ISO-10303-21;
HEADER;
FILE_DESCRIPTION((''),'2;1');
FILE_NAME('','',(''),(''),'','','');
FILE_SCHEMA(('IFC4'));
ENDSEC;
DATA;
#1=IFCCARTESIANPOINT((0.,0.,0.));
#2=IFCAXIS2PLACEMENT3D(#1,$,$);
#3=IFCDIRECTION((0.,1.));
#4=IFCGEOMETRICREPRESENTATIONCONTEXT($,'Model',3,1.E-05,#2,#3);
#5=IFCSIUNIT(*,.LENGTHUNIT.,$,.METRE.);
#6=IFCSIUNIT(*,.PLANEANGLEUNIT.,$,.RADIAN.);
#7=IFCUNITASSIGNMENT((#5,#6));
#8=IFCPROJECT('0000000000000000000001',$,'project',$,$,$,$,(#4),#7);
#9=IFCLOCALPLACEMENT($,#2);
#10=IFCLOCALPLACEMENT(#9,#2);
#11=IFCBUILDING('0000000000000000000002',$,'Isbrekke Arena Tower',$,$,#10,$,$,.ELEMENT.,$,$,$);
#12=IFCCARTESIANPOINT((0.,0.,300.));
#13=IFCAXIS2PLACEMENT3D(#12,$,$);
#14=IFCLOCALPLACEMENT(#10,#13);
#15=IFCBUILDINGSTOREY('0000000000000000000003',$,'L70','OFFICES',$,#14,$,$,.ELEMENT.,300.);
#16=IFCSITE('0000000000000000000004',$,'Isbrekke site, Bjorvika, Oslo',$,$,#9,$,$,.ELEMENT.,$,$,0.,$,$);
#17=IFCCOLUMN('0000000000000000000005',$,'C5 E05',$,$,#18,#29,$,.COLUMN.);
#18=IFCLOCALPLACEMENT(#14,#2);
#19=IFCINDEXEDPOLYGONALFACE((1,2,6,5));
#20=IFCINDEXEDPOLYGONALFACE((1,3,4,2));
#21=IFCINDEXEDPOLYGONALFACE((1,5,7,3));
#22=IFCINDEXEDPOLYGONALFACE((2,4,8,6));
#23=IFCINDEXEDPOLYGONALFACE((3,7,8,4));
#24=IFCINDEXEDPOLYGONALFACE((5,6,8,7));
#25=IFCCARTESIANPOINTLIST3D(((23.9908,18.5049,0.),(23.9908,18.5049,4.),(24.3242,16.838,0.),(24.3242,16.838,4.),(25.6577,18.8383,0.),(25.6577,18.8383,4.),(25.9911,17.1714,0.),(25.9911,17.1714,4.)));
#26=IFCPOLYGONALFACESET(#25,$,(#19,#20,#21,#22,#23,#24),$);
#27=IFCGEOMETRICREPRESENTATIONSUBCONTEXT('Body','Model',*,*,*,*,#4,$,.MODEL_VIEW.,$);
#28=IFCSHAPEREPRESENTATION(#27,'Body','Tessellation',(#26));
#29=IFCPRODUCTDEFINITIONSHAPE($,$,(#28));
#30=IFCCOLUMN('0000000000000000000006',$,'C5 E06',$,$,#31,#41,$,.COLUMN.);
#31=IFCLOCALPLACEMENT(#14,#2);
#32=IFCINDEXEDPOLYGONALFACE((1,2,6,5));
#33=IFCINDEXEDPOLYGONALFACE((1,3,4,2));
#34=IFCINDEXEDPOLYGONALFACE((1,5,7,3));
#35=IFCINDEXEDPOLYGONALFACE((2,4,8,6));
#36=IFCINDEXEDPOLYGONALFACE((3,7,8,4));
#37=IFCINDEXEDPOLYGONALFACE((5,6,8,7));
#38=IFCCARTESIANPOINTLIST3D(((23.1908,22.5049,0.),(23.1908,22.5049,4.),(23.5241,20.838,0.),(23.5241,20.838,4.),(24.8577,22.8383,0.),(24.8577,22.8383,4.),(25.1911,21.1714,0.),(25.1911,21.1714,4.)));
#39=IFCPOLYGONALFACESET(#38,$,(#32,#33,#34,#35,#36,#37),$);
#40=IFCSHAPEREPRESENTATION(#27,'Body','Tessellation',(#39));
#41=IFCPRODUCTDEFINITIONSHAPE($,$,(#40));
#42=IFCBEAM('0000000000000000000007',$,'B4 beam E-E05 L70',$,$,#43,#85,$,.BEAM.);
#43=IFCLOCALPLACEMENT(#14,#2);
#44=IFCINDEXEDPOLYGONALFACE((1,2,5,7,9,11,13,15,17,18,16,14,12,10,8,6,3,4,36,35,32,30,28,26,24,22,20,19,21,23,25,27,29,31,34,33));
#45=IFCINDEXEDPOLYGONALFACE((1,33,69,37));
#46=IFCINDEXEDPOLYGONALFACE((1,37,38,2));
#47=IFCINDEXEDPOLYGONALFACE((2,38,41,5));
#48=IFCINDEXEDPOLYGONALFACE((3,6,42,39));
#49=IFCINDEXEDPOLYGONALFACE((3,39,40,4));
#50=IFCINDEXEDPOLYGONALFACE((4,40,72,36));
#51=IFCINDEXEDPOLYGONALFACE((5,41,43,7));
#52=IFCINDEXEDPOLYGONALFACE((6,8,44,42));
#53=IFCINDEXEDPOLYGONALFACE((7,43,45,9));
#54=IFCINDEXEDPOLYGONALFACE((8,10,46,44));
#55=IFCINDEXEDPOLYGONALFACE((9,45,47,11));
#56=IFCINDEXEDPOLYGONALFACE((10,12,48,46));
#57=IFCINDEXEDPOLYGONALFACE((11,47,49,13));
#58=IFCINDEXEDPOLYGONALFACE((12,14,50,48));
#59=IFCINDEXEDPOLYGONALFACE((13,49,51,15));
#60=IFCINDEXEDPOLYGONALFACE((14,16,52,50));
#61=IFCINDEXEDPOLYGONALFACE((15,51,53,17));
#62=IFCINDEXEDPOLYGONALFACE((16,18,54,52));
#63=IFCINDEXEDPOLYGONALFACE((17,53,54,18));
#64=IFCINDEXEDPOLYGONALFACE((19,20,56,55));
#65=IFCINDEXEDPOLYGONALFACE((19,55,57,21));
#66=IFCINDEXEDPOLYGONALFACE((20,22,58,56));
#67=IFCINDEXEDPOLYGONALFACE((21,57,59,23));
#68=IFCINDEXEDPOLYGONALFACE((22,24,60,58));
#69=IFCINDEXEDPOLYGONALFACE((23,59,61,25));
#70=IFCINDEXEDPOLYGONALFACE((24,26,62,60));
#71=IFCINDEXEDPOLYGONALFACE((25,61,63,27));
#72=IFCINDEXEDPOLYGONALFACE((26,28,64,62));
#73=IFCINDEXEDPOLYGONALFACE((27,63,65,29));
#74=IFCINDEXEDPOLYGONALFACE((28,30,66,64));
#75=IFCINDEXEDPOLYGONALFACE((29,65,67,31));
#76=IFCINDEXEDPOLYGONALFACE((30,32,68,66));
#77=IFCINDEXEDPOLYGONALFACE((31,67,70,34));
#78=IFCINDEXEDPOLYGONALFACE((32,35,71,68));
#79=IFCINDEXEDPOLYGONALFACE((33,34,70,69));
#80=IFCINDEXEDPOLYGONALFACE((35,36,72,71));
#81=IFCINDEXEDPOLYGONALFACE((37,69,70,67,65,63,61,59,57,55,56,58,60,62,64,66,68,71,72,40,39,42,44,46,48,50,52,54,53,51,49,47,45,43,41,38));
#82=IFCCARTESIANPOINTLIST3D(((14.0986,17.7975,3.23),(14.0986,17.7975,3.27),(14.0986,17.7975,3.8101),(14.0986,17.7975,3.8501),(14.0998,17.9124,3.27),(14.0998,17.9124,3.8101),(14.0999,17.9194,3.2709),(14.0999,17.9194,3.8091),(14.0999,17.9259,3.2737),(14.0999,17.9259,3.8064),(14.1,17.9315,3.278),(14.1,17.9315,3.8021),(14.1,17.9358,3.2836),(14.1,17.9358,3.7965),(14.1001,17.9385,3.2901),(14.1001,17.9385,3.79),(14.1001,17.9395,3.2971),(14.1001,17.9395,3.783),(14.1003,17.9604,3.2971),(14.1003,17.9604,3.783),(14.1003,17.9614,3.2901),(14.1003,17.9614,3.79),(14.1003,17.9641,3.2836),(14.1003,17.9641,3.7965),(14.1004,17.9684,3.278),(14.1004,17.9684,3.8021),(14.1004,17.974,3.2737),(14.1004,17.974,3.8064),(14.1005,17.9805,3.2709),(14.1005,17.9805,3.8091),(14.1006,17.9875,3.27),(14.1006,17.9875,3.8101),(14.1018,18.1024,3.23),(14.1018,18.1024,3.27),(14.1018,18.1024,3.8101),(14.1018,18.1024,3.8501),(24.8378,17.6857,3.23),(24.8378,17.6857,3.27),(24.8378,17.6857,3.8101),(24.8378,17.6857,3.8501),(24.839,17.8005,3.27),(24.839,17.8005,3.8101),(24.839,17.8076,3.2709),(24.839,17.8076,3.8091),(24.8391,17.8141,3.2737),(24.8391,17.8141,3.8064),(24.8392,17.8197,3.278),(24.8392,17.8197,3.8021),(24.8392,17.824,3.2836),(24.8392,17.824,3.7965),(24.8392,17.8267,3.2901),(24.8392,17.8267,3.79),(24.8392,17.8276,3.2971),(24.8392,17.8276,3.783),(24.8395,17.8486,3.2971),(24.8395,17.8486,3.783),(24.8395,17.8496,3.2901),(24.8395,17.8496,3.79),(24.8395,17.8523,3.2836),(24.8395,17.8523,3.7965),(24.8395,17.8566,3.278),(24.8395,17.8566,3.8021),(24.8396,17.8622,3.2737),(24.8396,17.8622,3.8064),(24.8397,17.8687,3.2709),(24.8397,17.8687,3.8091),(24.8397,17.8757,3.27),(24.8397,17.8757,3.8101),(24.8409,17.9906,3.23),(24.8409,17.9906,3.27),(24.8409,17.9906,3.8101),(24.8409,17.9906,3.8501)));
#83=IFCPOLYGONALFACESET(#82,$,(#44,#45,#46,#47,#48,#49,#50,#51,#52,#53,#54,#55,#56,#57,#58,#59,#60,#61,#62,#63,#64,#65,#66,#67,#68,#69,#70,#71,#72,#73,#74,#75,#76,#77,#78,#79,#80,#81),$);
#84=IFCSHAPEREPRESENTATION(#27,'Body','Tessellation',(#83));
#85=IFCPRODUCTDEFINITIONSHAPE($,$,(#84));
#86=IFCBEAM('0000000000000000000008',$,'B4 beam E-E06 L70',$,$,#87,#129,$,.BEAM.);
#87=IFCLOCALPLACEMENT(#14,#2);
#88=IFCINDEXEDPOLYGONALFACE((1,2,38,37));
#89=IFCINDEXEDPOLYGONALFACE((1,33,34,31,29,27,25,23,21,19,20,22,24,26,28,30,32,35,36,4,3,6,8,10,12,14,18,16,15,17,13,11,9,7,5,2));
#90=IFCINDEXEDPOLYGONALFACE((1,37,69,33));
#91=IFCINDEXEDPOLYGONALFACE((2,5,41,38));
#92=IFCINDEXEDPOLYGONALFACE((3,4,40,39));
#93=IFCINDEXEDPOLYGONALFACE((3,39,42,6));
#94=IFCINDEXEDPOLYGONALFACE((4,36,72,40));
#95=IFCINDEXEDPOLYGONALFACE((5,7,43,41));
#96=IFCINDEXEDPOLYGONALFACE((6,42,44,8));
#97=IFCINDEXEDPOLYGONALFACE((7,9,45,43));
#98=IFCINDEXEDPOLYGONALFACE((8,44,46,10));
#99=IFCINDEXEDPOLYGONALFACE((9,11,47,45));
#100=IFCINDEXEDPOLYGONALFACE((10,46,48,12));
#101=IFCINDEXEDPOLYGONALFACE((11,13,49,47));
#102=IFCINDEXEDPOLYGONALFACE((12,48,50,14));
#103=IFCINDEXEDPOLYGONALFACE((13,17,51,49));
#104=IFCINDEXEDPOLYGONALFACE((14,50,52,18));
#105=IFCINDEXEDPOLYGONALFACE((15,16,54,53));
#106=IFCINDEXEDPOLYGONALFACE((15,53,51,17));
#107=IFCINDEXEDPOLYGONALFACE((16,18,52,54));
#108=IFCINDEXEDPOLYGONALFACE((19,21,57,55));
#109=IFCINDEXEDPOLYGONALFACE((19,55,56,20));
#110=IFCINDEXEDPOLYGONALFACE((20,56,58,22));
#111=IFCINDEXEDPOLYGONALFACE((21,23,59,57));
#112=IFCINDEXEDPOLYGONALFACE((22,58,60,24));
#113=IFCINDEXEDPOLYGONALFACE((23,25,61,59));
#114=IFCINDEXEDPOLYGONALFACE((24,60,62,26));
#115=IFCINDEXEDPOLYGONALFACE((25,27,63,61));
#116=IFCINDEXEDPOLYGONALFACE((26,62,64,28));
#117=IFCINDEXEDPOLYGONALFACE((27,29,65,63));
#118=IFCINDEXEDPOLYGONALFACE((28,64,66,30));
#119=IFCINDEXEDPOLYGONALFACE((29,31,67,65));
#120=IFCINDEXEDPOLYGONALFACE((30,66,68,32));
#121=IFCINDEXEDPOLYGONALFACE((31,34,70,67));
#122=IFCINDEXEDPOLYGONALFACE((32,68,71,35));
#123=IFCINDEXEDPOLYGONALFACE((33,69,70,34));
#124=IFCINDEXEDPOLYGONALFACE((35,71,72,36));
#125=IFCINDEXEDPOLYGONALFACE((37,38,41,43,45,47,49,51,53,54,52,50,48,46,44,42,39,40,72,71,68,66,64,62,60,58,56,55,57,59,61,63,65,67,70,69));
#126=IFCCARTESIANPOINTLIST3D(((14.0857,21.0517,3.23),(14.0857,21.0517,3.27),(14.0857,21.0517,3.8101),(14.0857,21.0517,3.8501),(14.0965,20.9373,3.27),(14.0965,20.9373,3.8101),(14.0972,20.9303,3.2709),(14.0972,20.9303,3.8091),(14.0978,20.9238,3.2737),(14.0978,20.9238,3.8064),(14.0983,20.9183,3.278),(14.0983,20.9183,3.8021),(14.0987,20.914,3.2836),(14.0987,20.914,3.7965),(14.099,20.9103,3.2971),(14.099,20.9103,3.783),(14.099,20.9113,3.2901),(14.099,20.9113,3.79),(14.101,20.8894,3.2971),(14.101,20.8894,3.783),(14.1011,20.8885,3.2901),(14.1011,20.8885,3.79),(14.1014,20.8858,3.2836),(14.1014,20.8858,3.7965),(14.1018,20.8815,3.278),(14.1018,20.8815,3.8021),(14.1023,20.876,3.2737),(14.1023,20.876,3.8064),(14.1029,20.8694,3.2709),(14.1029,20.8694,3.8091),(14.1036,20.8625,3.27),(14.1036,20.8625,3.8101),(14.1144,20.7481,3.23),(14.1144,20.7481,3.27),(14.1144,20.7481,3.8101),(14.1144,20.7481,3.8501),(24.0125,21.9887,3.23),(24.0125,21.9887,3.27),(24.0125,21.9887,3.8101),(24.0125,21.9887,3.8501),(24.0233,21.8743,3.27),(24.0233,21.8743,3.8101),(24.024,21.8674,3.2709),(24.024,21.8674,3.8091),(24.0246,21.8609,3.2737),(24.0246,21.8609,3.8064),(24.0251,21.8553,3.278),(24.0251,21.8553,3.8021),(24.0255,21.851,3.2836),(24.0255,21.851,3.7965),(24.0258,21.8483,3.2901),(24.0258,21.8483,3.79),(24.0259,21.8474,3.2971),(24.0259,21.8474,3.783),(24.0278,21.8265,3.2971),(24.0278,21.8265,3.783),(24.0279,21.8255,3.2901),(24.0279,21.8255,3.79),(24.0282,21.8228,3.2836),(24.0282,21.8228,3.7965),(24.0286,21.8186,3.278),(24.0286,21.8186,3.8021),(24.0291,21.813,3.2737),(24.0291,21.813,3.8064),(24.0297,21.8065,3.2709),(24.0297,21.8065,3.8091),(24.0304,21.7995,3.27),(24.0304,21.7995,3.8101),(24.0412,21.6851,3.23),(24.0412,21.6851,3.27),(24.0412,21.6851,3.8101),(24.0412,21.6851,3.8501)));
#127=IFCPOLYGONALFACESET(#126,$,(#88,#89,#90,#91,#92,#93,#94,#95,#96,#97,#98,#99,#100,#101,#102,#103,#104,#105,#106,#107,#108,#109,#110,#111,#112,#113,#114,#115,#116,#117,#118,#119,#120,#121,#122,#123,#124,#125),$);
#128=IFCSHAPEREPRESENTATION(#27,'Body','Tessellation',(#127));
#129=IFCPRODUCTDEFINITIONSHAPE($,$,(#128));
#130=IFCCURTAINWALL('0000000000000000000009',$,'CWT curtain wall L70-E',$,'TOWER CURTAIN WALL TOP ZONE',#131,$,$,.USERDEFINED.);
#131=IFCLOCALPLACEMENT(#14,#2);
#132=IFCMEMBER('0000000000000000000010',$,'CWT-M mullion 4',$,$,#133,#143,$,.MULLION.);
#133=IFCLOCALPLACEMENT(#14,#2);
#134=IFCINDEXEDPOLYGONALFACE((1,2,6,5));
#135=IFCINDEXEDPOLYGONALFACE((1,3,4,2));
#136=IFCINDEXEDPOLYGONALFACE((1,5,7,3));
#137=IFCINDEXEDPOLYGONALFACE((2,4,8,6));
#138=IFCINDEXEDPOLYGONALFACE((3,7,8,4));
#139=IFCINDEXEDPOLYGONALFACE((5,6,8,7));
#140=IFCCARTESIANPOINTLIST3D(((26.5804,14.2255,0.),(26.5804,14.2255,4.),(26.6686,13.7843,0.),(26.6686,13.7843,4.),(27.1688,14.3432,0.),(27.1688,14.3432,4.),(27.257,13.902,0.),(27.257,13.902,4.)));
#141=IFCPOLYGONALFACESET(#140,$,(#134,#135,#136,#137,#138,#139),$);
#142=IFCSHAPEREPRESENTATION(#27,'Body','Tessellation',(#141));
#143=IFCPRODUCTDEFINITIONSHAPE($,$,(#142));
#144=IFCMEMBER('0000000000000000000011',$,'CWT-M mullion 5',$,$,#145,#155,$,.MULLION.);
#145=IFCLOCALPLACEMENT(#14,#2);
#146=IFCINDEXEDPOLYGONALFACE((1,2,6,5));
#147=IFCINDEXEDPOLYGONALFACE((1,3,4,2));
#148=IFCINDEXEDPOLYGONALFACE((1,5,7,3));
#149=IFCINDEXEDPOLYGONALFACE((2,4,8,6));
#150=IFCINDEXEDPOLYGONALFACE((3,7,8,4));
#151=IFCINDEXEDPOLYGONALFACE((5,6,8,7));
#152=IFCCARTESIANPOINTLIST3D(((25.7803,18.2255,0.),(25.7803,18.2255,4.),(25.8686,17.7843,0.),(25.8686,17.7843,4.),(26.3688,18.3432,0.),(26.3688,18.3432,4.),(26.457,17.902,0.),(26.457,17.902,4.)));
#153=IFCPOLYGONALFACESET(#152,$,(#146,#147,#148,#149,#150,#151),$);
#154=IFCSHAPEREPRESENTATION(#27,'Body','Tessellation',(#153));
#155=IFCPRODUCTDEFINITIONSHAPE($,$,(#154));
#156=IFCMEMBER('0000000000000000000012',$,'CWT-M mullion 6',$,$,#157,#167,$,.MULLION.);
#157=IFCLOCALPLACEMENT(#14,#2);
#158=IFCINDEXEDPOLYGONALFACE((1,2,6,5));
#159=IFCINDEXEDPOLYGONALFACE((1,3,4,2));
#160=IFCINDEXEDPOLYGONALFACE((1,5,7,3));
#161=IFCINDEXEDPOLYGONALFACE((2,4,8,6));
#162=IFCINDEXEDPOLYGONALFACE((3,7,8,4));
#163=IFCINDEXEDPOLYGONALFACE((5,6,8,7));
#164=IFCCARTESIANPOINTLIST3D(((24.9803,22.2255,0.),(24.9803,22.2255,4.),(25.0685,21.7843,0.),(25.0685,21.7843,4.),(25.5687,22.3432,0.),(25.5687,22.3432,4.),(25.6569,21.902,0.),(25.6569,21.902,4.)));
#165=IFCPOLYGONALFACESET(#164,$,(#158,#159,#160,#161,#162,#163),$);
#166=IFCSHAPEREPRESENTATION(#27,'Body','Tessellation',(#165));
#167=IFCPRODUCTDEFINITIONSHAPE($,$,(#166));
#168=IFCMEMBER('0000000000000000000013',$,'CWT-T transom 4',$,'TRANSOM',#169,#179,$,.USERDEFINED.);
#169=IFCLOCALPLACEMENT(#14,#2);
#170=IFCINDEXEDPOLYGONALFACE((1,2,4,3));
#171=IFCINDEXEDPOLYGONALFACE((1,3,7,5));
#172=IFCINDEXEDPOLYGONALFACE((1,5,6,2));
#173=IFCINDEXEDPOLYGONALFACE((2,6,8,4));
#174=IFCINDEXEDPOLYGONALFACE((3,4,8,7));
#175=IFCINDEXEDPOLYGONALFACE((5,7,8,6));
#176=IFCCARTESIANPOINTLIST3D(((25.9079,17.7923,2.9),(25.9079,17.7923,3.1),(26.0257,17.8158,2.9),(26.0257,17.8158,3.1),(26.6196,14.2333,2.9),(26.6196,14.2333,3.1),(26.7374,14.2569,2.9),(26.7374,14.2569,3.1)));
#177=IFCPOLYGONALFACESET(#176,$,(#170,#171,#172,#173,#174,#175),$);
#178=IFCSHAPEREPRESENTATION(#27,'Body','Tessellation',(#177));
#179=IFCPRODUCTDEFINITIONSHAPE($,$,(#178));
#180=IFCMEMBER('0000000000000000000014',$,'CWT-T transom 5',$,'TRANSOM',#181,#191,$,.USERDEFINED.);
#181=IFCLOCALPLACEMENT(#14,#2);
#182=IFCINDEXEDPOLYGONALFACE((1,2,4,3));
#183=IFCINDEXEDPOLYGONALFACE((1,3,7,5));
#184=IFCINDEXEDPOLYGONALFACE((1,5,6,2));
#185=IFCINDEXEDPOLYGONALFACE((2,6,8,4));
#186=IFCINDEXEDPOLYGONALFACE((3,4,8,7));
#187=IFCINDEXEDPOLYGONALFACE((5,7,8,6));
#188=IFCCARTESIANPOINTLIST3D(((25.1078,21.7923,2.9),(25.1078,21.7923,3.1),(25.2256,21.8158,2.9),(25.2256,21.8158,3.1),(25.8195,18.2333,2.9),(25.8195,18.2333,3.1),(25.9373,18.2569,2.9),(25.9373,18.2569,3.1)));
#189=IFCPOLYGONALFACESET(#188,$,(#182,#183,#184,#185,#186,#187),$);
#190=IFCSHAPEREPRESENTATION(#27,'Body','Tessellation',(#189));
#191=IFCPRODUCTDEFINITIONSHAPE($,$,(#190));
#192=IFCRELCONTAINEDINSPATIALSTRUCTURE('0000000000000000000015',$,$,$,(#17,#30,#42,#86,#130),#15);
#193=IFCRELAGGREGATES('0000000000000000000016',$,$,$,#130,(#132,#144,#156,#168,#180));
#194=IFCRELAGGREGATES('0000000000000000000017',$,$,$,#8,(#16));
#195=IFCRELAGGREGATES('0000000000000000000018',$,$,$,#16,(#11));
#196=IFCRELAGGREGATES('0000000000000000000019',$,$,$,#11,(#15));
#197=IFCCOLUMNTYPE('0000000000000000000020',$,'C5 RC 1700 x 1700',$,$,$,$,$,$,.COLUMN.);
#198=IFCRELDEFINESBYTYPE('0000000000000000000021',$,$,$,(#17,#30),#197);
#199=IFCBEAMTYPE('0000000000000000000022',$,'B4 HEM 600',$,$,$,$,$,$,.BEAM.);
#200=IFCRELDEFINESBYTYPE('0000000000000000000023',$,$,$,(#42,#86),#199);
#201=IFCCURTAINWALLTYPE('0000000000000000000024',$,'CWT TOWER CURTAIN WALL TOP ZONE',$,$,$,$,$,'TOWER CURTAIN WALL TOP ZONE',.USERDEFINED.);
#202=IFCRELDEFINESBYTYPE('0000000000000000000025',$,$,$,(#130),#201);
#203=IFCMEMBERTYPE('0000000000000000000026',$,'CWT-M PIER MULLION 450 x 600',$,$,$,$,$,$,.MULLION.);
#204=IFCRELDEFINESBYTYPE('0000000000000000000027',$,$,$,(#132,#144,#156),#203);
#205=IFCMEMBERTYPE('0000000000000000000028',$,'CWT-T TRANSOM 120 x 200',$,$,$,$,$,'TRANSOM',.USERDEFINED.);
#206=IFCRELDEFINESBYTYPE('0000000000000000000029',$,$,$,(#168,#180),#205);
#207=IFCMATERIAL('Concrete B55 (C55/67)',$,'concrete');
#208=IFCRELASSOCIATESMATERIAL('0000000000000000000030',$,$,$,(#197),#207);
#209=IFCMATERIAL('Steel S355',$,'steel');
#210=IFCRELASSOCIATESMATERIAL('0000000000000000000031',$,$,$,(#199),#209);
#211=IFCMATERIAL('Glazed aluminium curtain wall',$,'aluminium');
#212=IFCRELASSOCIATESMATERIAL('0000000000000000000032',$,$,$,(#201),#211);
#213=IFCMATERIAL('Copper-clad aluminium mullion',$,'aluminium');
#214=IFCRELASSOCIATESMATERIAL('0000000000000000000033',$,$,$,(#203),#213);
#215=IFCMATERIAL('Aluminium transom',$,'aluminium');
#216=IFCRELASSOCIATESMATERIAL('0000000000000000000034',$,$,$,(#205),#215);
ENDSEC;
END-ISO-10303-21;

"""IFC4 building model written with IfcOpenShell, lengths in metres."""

from ifc_helpers import new_model, si_unit, direction, frame, origin, origin_2d, place, context, subcontext, project, spatial, rectangle, i_section, extrude, material, material_profile, profile_set, type_object, element, aggregate, save


model = new_model("IFC4")

# Units and contexts
model_context = context("Model", 3, precision=1e-05, world=origin(), true_north=direction((0.0, 1.0)))
body_context = subcontext(model_context, "Body", "Model", "MODEL_VIEW")
ifc_project = project(units=[si_unit("LENGTHUNIT", "METRE"), si_unit("PLANEANGLEUNIT", "RADIAN")], contexts=[model_context])

# Site, building, storey
site_placement = place(None, origin())
site = spatial("IfcSite", under=ifc_project, at=site_placement, Name="Isbrekke site, Bjorvika, Oslo", CompositionType="ELEMENT", RefElevation=0.0)
building_placement = place(site_placement, origin())
building = spatial("IfcBuilding", under=site, at=building_placement, Name="Isbrekke Arena Tower", CompositionType="ELEMENT")
storey_placement = place(building_placement, frame((0.0, 0.0, 300.0)))
storey = spatial("IfcBuildingStorey", under=building, at=storey_placement, Name="L70", Description="OFFICES", CompositionType="ELEMENT", Elevation=300.0)

# Columns
ifc_material_1 = material(Name="Concrete B55 (C55/67)", Category="concrete")
ifc_material_profile_1 = material_profile(ifc_material_1, rectangle(XDim=1.7, YDim=1.7, at=origin_2d()), Name="RC 1700x1700")
ifc_profile_set_1 = profile_set([ifc_material_profile_1], Name="Concrete B55 (C55/67)")
column_type = type_object("IfcColumnType", Name="C5 RC 1700 x 1700", PredefinedType="COLUMN", material=ifc_profile_set_1)
for number, where, z_axis, x_axis, name in (
    (1, (24.991, 17.8381, 0.0), (0.0, 0.0, 1.0), (-0.196116, 0.980581, 0.0), "C5 E05"),
    (2, (24.1909, 21.8381, 0.0), (0.0, 0.0, 1.0), (-0.196116, 0.980581, 0.0), "C5 E06"),
):
    element("IfcColumn", number, at=place(storey_placement, frame(where, z_axis=z_axis, x_axis=x_axis)), inside=storey, type_object=column_type, Name=name, PredefinedType="COLUMN", context=body_context, shape_type="SweptSolid", body=[
        extrude(rectangle(XDim=1.7, YDim=1.7, at=origin_2d()), origin(), (0.0, 0.0, 1.0), 4.0),
    ])

# Beams
ifc_material_2 = material(Name="Steel S355", Category="steel")
ifc_material_profile_2 = material_profile(ifc_material_2, i_section(OverallWidth=0.3049, OverallDepth=0.6201, WebThickness=0.021, FlangeThickness=0.04, FilletRadius=0.0271, at=origin_2d()), Name="HEM 600")
ifc_profile_set_2 = profile_set([ifc_material_profile_2], Name="Steel S355")
beam_type_1 = type_object("IfcBeamType", Name="B4 HEM 600", PredefinedType="BEAM", material=ifc_profile_set_2)
beam_1_placement = place(storey_placement, frame((24.8394, 17.8381, 3.54), z_axis=(-0.999946, 0.010411, 0.0), x_axis=(-0.010411, -0.999946, 0.0)))
element("IfcBeam", 3, at=beam_1_placement, inside=storey, type_object=beam_type_1, Name="B4 beam E-E05 L70", PredefinedType="BEAM", context=body_context, shape_type="SweptSolid", body=[
    extrude(i_section(OverallWidth=0.3049, OverallDepth=0.6201, WebThickness=0.021, FlangeThickness=0.04, FilletRadius=0.0271, at=origin_2d()), origin(), (0.0, 0.0, 1.0), 10.7397),
])
beam_2_placement = place(storey_placement, frame((24.0269, 21.8369, 3.54), z_axis=(-0.995575, -0.093975, 0.0), x_axis=(0.093975, -0.995575, 0.0)))
element("IfcBeam", 4, at=beam_2_placement, inside=storey, type_object=beam_type_1, Name="B4 beam E-E06 L70", PredefinedType="BEAM", context=body_context, shape_type="SweptSolid", body=[
    extrude(i_section(OverallWidth=0.3049, OverallDepth=0.6201, WebThickness=0.021, FlangeThickness=0.04, FilletRadius=0.0271, at=origin_2d()), origin(), (0.0, 0.0, 1.0), 9.9709),
])

# Curtain wall, members
ifc_material_3 = material(Name="Glazed aluminium curtain wall", Category="aluminium")
curtain_wall_type = type_object("IfcCurtainWallType", Name="CWT TOWER CURTAIN WALL TOP ZONE", ElementType="TOWER CURTAIN WALL TOP ZONE", PredefinedType="USERDEFINED", material=ifc_material_3)
curtain_wall_placement = place(storey_placement, origin())
curtain_wall = element("IfcCurtainWall", 5, at=curtain_wall_placement, inside=storey, type_object=curtain_wall_type, Name="CWT curtain wall L70-E", ObjectType="TOWER CURTAIN WALL TOP ZONE", PredefinedType="USERDEFINED")
ifc_material_4 = material(Name="Copper-clad aluminium mullion", Category="aluminium")
ifc_material_profile_3 = material_profile(ifc_material_4, rectangle(XDim=0.45, YDim=0.6001, at=origin_2d()), Name="PIER 450X600")
ifc_profile_set_3 = profile_set([ifc_material_profile_3], Name="Copper-clad aluminium mullion")
member_type_1 = type_object("IfcMemberType", Name="CWT-M PIER MULLION 450 x 600", PredefinedType="MULLION", material=ifc_profile_set_3)
member_1_placement = place(storey_placement, frame((26.9187, 14.0637, 0.0), z_axis=(0.0, 0.0, 1.0), x_axis=(-0.196116, 0.980581, 0.0)))
member_1 = element("IfcMember", 6, at=member_1_placement, type_object=member_type_1, Name="CWT-M mullion 4", PredefinedType="MULLION", context=body_context, shape_type="SweptSolid", body=[
    extrude(rectangle(XDim=0.45, YDim=0.6001, at=origin_2d()), origin(), (0.0, 0.0, 1.0), 4.0),
])
member_2_placement = place(storey_placement, frame((26.1187, 18.0637, 0.0), z_axis=(0.0, 0.0, 1.0), x_axis=(-0.196116, 0.980581, 0.0)))
member_2 = element("IfcMember", 7, at=member_2_placement, type_object=member_type_1, Name="CWT-M mullion 5", PredefinedType="MULLION", context=body_context, shape_type="SweptSolid", body=[
    extrude(rectangle(XDim=0.45, YDim=0.6001, at=origin_2d()), origin(), (0.0, 0.0, 1.0), 4.0),
])
member_3_placement = place(storey_placement, frame((25.3186, 22.0637, 0.0), z_axis=(0.0, 0.0, 1.0), x_axis=(-0.196116, 0.980581, 0.0)))
member_3 = element("IfcMember", 8, at=member_3_placement, type_object=member_type_1, Name="CWT-M mullion 6", PredefinedType="MULLION", context=body_context, shape_type="SweptSolid", body=[
    extrude(rectangle(XDim=0.45, YDim=0.6001, at=origin_2d()), origin(), (0.0, 0.0, 1.0), 4.0),
])
ifc_material_5 = material(Name="Aluminium transom", Category="aluminium")
ifc_material_profile_4 = material_profile(ifc_material_5, rectangle(XDim=0.1201, YDim=0.2, at=origin_2d()), Name="TRANSOM 120X200")
ifc_profile_set_4 = profile_set([ifc_material_profile_4], Name="Aluminium transom")
member_type_2 = type_object("IfcMemberType", Name="CWT-T TRANSOM 120 x 200", ElementType="TRANSOM", PredefinedType="USERDEFINED", material=ifc_profile_set_4)
member_4_placement = place(storey_placement, frame((26.6785, 14.2451, 3.0), z_axis=(-0.19609, 0.980586, 0.0), x_axis=(-0.980586, -0.19609, 0.0)))
member_4 = element("IfcMember", 9, at=member_4_placement, type_object=member_type_2, Name="CWT-T transom 4", ObjectType="TRANSOM", PredefinedType="USERDEFINED", context=body_context, shape_type="SweptSolid", body=[
    extrude(rectangle(XDim=0.1201, YDim=0.2, at=origin_2d()), origin(), (0.0, 0.0, 1.0), 3.6294),
])
member_5_placement = place(storey_placement, frame((25.8784, 18.2451, 3.0), z_axis=(-0.19609, 0.980586, 0.0), x_axis=(-0.980586, -0.19609, 0.0)))
member_5 = element("IfcMember", 10, at=member_5_placement, type_object=member_type_2, Name="CWT-T transom 5", ObjectType="TRANSOM", PredefinedType="USERDEFINED", context=body_context, shape_type="SweptSolid", body=[
    extrude(rectangle(XDim=0.1201, YDim=0.2, at=origin_2d()), origin(), (0.0, 0.0, 1.0), 3.6294),
])

aggregate(curtain_wall, [member_1, member_2, member_3, member_4, member_5])

save(model, "model.ifc")
